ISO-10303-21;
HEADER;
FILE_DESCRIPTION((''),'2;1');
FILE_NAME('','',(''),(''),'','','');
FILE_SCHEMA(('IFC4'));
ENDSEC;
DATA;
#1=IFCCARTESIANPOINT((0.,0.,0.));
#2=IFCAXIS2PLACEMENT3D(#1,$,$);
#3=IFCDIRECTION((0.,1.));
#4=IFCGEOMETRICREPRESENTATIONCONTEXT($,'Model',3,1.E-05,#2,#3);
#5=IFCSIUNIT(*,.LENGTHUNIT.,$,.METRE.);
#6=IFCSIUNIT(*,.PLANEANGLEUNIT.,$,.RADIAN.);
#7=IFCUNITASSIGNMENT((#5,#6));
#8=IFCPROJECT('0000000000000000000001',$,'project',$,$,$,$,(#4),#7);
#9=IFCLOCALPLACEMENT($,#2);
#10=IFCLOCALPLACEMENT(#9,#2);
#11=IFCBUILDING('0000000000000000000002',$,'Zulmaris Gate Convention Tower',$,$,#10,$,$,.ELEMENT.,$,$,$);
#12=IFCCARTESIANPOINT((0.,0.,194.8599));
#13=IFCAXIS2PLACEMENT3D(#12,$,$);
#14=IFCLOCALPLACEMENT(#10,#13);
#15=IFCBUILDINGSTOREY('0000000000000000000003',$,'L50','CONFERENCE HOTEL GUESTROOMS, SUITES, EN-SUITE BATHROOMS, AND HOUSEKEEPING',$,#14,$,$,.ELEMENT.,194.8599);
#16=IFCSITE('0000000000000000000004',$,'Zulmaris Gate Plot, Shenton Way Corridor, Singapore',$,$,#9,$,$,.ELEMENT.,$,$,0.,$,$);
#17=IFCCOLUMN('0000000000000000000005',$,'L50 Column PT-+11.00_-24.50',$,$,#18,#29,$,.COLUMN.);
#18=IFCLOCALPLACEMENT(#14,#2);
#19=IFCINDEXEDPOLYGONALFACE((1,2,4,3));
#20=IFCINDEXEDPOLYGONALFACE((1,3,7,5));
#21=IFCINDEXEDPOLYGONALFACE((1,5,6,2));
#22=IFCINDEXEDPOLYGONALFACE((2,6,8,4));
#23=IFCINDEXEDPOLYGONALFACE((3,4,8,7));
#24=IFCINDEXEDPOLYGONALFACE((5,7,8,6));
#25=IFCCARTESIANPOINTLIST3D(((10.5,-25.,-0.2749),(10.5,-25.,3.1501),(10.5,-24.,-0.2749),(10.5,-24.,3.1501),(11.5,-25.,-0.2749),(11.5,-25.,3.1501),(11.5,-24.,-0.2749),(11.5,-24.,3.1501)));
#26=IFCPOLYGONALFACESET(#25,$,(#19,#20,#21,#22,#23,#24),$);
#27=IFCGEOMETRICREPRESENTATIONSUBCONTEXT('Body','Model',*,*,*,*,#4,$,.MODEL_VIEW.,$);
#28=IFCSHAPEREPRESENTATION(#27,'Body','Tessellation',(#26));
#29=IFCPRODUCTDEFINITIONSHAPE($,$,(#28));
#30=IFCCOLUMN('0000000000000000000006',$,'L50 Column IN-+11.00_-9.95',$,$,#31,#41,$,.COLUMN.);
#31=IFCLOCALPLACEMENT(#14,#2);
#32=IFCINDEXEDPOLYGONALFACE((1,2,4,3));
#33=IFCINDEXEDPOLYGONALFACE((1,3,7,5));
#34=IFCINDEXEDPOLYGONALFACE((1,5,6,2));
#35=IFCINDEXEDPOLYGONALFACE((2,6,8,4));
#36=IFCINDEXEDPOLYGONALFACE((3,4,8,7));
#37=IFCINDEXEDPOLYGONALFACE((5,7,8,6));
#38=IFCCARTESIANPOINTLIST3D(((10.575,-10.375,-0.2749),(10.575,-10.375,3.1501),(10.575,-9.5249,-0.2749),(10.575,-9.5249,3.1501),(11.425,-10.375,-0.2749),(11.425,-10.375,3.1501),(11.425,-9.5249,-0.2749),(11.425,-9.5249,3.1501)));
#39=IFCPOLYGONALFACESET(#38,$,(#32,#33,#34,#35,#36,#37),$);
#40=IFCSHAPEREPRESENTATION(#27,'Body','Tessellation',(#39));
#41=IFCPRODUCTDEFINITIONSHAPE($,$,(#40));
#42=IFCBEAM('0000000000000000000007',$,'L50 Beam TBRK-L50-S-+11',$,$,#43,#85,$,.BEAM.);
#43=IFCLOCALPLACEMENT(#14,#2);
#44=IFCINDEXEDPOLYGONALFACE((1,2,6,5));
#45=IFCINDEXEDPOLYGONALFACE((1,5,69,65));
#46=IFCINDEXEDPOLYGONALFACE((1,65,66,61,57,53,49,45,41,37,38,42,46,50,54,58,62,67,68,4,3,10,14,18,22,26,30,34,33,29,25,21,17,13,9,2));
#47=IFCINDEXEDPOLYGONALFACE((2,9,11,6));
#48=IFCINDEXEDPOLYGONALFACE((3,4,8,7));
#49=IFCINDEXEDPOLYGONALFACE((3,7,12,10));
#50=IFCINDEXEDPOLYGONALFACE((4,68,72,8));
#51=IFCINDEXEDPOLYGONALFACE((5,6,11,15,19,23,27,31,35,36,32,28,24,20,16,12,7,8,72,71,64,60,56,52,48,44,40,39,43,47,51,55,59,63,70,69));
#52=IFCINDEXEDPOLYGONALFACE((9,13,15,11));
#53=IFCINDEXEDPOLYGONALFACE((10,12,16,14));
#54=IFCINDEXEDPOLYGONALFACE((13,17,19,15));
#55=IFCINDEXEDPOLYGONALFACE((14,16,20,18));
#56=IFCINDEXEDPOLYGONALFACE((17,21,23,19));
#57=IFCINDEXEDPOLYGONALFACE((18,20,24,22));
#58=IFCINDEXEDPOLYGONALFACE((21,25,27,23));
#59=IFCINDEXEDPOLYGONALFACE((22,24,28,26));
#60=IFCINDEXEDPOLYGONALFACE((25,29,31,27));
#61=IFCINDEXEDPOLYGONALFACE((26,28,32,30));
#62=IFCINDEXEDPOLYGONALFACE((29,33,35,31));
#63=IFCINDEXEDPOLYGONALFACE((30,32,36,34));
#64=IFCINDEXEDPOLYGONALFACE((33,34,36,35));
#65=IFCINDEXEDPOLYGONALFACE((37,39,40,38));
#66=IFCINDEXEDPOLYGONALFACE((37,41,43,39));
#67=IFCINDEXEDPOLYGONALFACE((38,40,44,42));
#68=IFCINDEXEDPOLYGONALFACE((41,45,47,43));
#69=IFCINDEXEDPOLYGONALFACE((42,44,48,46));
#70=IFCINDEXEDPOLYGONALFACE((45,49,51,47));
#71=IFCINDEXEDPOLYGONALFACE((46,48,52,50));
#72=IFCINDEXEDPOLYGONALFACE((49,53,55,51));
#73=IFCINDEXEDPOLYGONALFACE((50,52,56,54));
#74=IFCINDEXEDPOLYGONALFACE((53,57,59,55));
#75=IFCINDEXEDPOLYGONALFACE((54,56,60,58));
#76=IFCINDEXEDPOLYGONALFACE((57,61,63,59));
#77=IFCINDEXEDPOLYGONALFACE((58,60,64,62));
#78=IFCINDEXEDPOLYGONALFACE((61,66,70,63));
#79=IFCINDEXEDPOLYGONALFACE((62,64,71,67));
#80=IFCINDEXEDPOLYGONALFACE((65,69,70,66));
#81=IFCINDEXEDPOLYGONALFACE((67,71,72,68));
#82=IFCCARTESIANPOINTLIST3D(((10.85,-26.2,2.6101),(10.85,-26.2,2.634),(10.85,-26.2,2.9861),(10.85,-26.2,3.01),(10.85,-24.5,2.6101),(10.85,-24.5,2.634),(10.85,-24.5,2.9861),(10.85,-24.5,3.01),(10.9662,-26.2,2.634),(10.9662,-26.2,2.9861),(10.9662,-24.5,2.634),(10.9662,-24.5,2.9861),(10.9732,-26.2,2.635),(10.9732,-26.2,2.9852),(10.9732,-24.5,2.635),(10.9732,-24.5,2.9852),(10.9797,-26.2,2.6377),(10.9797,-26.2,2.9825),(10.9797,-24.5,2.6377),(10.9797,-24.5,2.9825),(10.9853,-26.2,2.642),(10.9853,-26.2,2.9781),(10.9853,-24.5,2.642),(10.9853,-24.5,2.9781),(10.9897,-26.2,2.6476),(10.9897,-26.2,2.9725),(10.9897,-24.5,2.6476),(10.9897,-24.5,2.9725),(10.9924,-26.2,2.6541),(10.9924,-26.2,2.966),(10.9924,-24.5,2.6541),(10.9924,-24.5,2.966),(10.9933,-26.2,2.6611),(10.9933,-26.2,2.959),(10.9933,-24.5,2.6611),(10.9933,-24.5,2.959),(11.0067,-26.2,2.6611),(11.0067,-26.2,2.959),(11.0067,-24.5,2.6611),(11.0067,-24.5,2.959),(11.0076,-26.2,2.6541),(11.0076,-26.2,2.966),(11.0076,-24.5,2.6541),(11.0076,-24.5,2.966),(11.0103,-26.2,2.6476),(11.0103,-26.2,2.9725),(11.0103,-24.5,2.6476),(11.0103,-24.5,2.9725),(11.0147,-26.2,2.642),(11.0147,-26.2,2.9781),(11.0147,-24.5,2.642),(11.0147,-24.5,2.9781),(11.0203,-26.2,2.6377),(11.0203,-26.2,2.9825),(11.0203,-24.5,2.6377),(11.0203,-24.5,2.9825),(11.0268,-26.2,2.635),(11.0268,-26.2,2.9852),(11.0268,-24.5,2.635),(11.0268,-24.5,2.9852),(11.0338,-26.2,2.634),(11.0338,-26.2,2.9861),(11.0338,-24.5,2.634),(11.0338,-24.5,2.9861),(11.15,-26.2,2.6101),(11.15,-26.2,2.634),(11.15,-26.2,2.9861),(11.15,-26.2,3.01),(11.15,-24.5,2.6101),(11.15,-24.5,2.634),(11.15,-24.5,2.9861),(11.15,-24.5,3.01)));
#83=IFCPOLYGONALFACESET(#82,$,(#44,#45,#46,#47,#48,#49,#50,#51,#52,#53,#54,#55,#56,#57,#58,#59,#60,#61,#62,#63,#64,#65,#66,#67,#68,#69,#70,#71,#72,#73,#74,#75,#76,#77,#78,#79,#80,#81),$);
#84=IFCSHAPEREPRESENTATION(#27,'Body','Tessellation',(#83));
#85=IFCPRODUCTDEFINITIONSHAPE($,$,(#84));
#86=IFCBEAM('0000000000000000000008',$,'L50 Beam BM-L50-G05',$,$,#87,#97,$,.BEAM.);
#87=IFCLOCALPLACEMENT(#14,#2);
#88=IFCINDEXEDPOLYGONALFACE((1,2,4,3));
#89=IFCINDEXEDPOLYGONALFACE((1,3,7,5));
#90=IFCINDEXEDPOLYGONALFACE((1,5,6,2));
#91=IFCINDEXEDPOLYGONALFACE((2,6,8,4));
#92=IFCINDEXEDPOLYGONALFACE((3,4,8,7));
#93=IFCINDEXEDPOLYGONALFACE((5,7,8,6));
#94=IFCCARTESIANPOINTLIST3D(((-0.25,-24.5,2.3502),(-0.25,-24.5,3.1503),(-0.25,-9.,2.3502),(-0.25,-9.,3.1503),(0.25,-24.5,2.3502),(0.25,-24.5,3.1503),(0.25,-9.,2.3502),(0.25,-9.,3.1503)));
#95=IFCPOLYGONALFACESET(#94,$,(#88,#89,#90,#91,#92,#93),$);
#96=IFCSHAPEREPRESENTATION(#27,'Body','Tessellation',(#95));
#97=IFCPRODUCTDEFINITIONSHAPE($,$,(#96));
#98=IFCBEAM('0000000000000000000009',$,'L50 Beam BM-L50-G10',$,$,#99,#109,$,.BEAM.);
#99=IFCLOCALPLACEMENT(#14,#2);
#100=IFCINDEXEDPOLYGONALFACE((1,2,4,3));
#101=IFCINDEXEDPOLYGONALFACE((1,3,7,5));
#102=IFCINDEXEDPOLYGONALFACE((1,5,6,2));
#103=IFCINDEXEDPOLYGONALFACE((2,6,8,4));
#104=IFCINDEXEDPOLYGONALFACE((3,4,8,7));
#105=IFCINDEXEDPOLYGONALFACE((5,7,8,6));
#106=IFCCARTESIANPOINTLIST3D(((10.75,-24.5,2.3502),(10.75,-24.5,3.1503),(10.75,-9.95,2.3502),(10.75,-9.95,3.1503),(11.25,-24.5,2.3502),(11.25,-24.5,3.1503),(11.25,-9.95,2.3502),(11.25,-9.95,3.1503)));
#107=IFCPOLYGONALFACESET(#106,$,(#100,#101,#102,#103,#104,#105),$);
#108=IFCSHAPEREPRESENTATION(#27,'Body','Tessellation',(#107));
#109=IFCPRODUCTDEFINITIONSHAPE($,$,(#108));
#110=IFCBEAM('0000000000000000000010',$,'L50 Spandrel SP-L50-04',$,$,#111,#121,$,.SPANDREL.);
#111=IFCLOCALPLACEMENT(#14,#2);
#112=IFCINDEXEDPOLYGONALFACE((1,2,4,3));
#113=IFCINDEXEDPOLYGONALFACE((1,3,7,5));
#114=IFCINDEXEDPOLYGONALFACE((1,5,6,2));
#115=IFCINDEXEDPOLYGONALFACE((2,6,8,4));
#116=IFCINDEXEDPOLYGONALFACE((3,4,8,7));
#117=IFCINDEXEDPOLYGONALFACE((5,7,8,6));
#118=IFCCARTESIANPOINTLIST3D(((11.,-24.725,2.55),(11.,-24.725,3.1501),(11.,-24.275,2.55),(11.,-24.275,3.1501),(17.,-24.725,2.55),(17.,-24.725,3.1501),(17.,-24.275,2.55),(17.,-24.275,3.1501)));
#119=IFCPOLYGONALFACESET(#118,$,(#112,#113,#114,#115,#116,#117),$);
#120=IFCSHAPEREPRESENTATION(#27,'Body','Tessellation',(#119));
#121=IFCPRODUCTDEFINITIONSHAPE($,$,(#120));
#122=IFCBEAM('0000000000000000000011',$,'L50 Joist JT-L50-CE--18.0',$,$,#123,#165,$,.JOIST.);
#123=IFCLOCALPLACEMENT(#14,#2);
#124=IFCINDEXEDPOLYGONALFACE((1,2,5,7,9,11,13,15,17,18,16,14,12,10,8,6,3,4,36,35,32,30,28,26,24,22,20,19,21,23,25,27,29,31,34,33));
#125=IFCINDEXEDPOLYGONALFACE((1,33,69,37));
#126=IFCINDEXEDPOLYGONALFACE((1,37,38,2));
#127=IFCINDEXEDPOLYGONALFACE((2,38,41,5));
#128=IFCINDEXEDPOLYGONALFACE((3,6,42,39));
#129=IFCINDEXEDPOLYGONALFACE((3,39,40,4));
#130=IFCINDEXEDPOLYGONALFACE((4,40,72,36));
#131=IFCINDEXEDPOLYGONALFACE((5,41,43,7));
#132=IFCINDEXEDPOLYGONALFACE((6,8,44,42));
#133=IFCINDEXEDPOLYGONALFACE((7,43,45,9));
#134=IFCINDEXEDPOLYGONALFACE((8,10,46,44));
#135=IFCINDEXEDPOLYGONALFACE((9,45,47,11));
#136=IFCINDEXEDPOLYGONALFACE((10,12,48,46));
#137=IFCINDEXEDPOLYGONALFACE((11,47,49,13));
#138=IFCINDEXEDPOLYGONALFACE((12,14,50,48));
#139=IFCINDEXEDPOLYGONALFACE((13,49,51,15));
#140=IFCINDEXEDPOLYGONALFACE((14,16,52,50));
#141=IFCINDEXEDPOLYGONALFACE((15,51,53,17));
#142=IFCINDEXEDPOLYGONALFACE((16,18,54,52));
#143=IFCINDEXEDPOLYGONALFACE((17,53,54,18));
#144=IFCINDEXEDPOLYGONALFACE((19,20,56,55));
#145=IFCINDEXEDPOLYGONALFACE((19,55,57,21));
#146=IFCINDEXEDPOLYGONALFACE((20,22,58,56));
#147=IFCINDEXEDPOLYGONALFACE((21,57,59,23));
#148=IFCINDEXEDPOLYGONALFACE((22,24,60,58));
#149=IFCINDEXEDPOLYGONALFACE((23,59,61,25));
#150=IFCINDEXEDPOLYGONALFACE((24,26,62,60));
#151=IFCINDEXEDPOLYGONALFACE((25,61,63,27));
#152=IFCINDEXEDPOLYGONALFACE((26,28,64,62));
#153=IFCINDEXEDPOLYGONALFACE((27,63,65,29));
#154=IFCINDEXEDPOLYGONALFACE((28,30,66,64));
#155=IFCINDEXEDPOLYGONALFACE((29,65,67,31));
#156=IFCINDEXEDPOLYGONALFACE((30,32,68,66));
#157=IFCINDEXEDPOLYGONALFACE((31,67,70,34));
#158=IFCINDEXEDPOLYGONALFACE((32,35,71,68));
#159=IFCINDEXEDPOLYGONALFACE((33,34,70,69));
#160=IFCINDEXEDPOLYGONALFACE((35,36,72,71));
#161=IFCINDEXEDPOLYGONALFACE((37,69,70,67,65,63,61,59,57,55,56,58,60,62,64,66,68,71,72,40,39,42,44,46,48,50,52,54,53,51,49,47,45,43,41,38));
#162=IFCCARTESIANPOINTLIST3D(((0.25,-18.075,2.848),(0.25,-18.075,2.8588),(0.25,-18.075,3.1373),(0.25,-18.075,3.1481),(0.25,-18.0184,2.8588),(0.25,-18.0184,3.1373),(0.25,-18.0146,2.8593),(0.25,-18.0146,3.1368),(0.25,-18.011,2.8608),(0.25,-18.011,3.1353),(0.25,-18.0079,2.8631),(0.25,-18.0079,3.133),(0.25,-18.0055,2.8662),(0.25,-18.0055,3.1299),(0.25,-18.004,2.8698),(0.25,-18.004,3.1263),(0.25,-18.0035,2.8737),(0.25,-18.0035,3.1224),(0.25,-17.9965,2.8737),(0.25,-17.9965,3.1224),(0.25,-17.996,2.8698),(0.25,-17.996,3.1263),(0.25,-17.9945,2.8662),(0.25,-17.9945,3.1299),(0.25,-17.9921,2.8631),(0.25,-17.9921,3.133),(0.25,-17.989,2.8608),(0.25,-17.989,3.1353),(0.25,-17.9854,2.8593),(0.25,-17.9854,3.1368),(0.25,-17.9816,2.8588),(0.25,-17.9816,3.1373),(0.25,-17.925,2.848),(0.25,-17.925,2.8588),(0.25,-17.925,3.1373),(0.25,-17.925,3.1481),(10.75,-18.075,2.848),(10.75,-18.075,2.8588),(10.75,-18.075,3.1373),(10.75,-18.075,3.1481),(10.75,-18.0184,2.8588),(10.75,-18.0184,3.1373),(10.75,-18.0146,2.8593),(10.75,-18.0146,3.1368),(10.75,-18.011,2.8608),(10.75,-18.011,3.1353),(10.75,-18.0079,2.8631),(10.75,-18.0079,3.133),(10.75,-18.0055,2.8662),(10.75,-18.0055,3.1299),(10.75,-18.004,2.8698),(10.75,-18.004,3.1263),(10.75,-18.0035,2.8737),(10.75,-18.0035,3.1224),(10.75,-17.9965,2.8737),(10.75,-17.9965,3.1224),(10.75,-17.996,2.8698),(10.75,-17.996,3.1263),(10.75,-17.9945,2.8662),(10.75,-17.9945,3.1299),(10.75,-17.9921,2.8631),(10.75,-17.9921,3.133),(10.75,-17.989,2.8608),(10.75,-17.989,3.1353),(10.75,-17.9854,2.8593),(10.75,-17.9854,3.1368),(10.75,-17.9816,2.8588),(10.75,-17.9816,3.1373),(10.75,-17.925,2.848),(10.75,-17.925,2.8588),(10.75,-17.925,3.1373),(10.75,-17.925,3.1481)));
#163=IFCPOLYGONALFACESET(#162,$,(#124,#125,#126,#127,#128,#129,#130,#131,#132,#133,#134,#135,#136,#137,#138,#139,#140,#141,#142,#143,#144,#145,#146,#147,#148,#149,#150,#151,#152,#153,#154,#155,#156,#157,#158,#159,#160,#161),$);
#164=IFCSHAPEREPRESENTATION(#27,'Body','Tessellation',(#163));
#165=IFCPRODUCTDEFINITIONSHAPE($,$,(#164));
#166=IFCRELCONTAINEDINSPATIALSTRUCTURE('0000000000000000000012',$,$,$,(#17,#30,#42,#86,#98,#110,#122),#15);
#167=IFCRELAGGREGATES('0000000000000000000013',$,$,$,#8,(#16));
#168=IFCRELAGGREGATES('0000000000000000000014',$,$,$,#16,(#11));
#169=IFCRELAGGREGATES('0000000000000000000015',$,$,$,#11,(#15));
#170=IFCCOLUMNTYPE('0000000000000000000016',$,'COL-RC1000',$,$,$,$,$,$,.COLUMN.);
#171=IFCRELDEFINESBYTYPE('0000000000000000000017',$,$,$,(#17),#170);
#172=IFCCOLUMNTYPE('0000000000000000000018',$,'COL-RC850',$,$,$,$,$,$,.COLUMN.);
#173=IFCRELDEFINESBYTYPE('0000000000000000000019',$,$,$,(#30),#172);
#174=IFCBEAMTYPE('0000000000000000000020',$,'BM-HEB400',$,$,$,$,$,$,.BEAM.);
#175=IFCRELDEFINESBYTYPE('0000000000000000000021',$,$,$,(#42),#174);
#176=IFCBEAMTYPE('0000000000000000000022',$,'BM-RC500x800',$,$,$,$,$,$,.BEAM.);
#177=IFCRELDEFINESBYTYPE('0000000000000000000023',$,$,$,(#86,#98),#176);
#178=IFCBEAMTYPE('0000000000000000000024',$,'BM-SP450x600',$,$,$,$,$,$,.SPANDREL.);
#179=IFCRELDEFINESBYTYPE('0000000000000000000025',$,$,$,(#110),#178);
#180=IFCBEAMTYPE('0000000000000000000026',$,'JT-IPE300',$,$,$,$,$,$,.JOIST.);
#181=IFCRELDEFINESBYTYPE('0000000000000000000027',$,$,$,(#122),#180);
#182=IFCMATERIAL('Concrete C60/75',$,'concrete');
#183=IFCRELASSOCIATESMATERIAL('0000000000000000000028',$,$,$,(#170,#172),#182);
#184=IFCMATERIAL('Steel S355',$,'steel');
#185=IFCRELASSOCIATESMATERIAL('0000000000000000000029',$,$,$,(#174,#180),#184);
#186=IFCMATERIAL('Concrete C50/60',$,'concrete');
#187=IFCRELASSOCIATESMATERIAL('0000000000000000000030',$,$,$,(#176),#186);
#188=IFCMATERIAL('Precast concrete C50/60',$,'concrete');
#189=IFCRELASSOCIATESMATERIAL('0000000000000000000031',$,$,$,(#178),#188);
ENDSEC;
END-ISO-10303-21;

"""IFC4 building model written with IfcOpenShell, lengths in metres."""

from ifc_helpers import new_model, si_unit, direction, frame, origin, origin_2d, place, context, subcontext, project, spatial, rectangle, i_section, extrude, material, material_profile, profile_set, type_object, element, save


model = new_model("IFC4")

# Units and contexts
model_context = context("Model", 3, precision=1e-05, world=origin(), true_north=direction((0.0, 1.0)))
body_context = subcontext(model_context, "Body", "Model", "MODEL_VIEW")
ifc_project = project(units=[si_unit("LENGTHUNIT", "METRE"), si_unit("PLANEANGLEUNIT", "RADIAN")], contexts=[model_context])

# Site, building, storey
site_placement = place(None, origin())
site = spatial("IfcSite", under=ifc_project, at=site_placement, Name="Zulmaris Gate Plot, Shenton Way Corridor, Singapore", CompositionType="ELEMENT", RefElevation=0.0)
building_placement = place(site_placement, origin())
building = spatial("IfcBuilding", under=site, at=building_placement, Name="Zulmaris Gate Convention Tower", CompositionType="ELEMENT")
storey_placement = place(building_placement, frame((0.0, 0.0, 194.8599)))
storey = spatial("IfcBuildingStorey", under=building, at=storey_placement, Name="L50", Description="CONFERENCE HOTEL GUESTROOMS, SUITES, EN-SUITE BATHROOMS, AND HOUSEKEEPING", CompositionType="ELEMENT", Elevation=194.8599)

# Columns
ifc_material_1 = material(Name="Concrete C60/75", Category="concrete")
ifc_material_profile_1 = material_profile(ifc_material_1, rectangle(XDim=1.0, YDim=1.0, at=origin_2d()), Name="RC COL 1000x1000")
ifc_profile_set_1 = profile_set([ifc_material_profile_1], Name="Concrete C60/75")
column_type_1 = type_object("IfcColumnType", Name="COL-RC1000", PredefinedType="COLUMN", material=ifc_profile_set_1)
column_1_placement = place(storey_placement, frame((11.0, -24.5, -0.2749), z_axis=(0.0, 0.0, 1.0), x_axis=(1.0, 0.0, 0.0)))
element("IfcColumn", 1, at=column_1_placement, inside=storey, type_object=column_type_1, Name="L50 Column PT-+11.00_-24.50", PredefinedType="COLUMN", context=body_context, shape_type="SweptSolid", body=[
    extrude(rectangle(XDim=1.0, YDim=1.0, at=origin_2d()), origin(), (0.0, 0.0, 1.0), 3.425),
])
ifc_material_profile_2 = material_profile(ifc_material_1, rectangle(XDim=0.8501, YDim=0.8501, at=origin_2d()), Name="RC COL 850x850")
ifc_profile_set_2 = profile_set([ifc_material_profile_2], Name="Concrete C60/75")
column_type_2 = type_object("IfcColumnType", Name="COL-RC850", PredefinedType="COLUMN", material=ifc_profile_set_2)
column_2_placement = place(storey_placement, frame((11.0, -9.95, -0.2749), z_axis=(0.0, 0.0, 1.0), x_axis=(1.0, 0.0, 0.0)))
element("IfcColumn", 2, at=column_2_placement, inside=storey, type_object=column_type_2, Name="L50 Column IN-+11.00_-9.95", PredefinedType="COLUMN", context=body_context, shape_type="SweptSolid", body=[
    extrude(rectangle(XDim=0.8501, YDim=0.8501, at=origin_2d()), origin(), (0.0, 0.0, 1.0), 3.425),
])

# Beams
ifc_material_2 = material(Name="Steel S355", Category="steel")
ifc_material_profile_3 = material_profile(ifc_material_2, i_section(OverallWidth=0.3, OverallDepth=0.3999, WebThickness=0.0134, FlangeThickness=0.0239, FilletRadius=0.0271, at=origin_2d()), Name="HEB 400")
ifc_profile_set_3 = profile_set([ifc_material_profile_3], Name="Steel S355")
beam_type_1 = type_object("IfcBeamType", Name="BM-HEB400", PredefinedType="BEAM", material=ifc_profile_set_3)
beam_1_placement = place(storey_placement, frame((11.0, -26.2, 2.8101), z_axis=(0.0, 1.0, 0.0), x_axis=(-1.0, 0.0, 0.0)))
element("IfcBeam", 3, at=beam_1_placement, inside=storey, type_object=beam_type_1, Name="L50 Beam TBRK-L50-S-+11", PredefinedType="BEAM", context=body_context, shape_type="SweptSolid", body=[
    extrude(i_section(OverallWidth=0.3, OverallDepth=0.3999, WebThickness=0.0134, FlangeThickness=0.0239, FilletRadius=0.0271, at=origin_2d()), origin(), (0.0, 0.0, 1.0), 1.7),
])
ifc_material_3 = material(Name="Concrete C50/60", Category="concrete")
ifc_material_profile_4 = material_profile(ifc_material_3, rectangle(XDim=0.5, YDim=0.8, at=origin_2d()), Name="RC BEAM 500x800")
ifc_profile_set_4 = profile_set([ifc_material_profile_4], Name="Concrete C50/60")
beam_type_2 = type_object("IfcBeamType", Name="BM-RC500x800", PredefinedType="BEAM", material=ifc_profile_set_4)
beam_2_placement = place(storey_placement, frame((0.0, -24.5, 2.7502), z_axis=(0.0, 1.0, 0.0), x_axis=(-1.0, 0.0, 0.0)))
element("IfcBeam", 4, at=beam_2_placement, inside=storey, type_object=beam_type_2, Name="L50 Beam BM-L50-G05", PredefinedType="BEAM", context=body_context, shape_type="SweptSolid", body=[
    extrude(rectangle(XDim=0.5, YDim=0.8, at=origin_2d()), origin(), (0.0, 0.0, 1.0), 15.5),
])
beam_3_placement = place(storey_placement, frame((11.0, -24.5, 2.7502), z_axis=(0.0, 1.0, 0.0), x_axis=(-1.0, 0.0, 0.0)))
element("IfcBeam", 5, at=beam_3_placement, inside=storey, type_object=beam_type_2, Name="L50 Beam BM-L50-G10", PredefinedType="BEAM", context=body_context, shape_type="SweptSolid", body=[
    extrude(rectangle(XDim=0.5, YDim=0.8, at=origin_2d()), origin(), (0.0, 0.0, 1.0), 14.55),
])
ifc_material_4 = material(Name="Precast concrete C50/60", Category="concrete")
ifc_material_profile_5 = material_profile(ifc_material_4, rectangle(XDim=0.45, YDim=0.6001, at=origin_2d()), Name="RC SPANDREL 450x600")
ifc_profile_set_5 = profile_set([ifc_material_profile_5], Name="Precast concrete C50/60")
beam_type_3 = type_object("IfcBeamType", Name="BM-SP450x600", PredefinedType="SPANDREL", material=ifc_profile_set_5)
beam_4_placement = place(storey_placement, frame((11.0, -24.5, 2.8501), z_axis=(1.0, 0.0, 0.0), x_axis=(0.0, 1.0, 0.0)))
element("IfcBeam", 6, at=beam_4_placement, inside=storey, type_object=beam_type_3, Name="L50 Spandrel SP-L50-04", PredefinedType="SPANDREL", context=body_context, shape_type="SweptSolid", body=[
    extrude(rectangle(XDim=0.45, YDim=0.6001, at=origin_2d()), origin(), (0.0, 0.0, 1.0), 6.0),
])
ifc_material_profile_6 = material_profile(ifc_material_2, i_section(OverallWidth=0.1499, OverallDepth=0.3, WebThickness=0.0071, FlangeThickness=0.0107, FilletRadius=0.0149, at=origin_2d()), Name="IPE 300")
ifc_profile_set_6 = profile_set([ifc_material_profile_6], Name="Steel S355")
beam_type_4 = type_object("IfcBeamType", Name="JT-IPE300", PredefinedType="JOIST", material=ifc_profile_set_6)
for number, where, z_axis, x_axis, name in (
    (7, (0.25, -18.0, 2.998), (1.0, 0.0, 0.0), (0.0, 1.0, 0.0), "L50 Joist JT-L50-CE--18.0"),
):
    element("IfcBeam", number, at=place(storey_placement, frame(where, z_axis=z_axis, x_axis=x_axis)), inside=storey, type_object=beam_type_4, Name=name, PredefinedType="JOIST", context=body_context, shape_type="SweptSolid", body=[
        extrude(i_section(OverallWidth=0.1499, OverallDepth=0.3, WebThickness=0.0071, FlangeThickness=0.0107, FilletRadius=0.0149, at=origin_2d()), origin(), (0.0, 0.0, 1.0), 10.5),
    ])

save(model, "model.ifc")
